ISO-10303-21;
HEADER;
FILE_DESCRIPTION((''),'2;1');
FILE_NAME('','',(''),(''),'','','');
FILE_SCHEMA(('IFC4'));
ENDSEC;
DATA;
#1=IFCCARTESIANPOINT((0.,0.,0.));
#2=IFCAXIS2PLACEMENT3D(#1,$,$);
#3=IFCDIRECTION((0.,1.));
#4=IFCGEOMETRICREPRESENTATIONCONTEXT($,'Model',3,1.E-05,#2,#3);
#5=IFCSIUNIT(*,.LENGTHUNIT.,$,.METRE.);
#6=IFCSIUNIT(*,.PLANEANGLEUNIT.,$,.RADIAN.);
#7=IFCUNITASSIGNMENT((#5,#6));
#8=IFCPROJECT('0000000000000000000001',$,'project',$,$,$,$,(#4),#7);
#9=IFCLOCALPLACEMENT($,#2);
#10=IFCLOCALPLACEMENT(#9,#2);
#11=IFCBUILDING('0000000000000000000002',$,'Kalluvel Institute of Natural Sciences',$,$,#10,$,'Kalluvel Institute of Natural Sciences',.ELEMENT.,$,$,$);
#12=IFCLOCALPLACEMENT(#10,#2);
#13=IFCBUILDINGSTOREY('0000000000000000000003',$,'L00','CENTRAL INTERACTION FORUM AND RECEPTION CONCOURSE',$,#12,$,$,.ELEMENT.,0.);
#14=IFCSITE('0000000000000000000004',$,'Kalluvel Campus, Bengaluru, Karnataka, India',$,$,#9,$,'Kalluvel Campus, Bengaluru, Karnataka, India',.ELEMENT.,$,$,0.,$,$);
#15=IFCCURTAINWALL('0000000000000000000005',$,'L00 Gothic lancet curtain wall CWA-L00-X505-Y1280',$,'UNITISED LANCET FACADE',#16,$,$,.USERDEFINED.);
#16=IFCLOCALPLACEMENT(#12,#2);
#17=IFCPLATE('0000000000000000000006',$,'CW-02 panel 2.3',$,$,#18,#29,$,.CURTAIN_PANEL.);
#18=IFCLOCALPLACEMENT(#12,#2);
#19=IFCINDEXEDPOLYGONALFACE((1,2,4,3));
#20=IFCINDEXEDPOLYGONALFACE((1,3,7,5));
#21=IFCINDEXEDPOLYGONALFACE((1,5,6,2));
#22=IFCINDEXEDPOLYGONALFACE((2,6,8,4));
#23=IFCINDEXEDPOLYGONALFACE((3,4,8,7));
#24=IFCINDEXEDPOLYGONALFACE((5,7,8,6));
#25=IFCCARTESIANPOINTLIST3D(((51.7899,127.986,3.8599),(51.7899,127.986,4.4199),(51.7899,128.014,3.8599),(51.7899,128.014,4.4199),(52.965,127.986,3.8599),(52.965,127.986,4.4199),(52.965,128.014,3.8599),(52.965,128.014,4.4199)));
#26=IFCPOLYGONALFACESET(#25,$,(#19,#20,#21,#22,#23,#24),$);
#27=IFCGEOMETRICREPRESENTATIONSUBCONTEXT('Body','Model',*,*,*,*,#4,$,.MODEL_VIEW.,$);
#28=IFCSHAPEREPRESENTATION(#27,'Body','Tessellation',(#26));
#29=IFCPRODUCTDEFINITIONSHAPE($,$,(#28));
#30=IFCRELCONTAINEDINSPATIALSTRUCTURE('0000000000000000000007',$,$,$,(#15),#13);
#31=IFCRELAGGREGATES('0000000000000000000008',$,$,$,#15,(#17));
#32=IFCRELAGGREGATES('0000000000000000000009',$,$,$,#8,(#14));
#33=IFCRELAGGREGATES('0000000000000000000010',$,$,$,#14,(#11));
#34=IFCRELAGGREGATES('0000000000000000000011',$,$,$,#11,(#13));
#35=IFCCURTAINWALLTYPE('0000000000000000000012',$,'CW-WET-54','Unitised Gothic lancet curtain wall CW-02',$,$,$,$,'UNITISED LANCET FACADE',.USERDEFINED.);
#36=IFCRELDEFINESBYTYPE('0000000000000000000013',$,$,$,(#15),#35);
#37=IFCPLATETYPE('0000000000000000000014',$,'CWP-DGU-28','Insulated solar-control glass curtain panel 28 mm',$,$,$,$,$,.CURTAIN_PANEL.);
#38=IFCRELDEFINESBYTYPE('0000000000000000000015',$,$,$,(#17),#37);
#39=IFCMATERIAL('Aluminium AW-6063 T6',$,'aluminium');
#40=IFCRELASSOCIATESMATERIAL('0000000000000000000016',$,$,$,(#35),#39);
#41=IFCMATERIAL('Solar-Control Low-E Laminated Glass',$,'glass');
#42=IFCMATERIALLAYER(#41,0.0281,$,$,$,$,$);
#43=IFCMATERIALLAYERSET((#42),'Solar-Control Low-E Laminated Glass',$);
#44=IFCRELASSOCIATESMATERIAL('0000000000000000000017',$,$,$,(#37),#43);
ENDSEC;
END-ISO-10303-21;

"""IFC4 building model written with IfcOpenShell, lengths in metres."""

from ifc_helpers import new_model, si_unit, direction, frame, origin, origin_2d, place, context, subcontext, project, spatial, rectangle, extrude, material, layer, layer_set, type_object, element, aggregate, save


model = new_model("IFC4")

# Units and contexts
model_context = context("Model", 3, precision=1e-05, world=origin(), true_north=direction((0.0, 1.0)))
body_context = subcontext(model_context, "Body", "Model", "MODEL_VIEW")
ifc_project = project(units=[si_unit("LENGTHUNIT", "METRE"), si_unit("PLANEANGLEUNIT", "RADIAN")], contexts=[model_context])

# Site, building, storey
site_placement = place(None, origin())
site = spatial("IfcSite", under=ifc_project, at=site_placement, Name="Kalluvel Campus, Bengaluru, Karnataka, India", LongName="Kalluvel Campus, Bengaluru, Karnataka, India", CompositionType="ELEMENT", RefElevation=0.0)
building_placement = place(site_placement, origin())
building = spatial("IfcBuilding", under=site, at=building_placement, Name="Kalluvel Institute of Natural Sciences", LongName="Kalluvel Institute of Natural Sciences", CompositionType="ELEMENT")
storey_placement = place(building_placement, origin())
storey = spatial("IfcBuildingStorey", under=building, at=storey_placement, Name="L00", Description="CENTRAL INTERACTION FORUM AND RECEPTION CONCOURSE", CompositionType="ELEMENT", Elevation=0.0)

# Curtain wall
ifc_material_1 = material(Name="Aluminium AW-6063 T6", Category="aluminium")
curtain_wall_type = type_object("IfcCurtainWallType", Name="CW-WET-54", Description="Unitised Gothic lancet curtain wall CW-02", ElementType="UNITISED LANCET FACADE", PredefinedType="USERDEFINED", material=ifc_material_1)
curtain_wall_placement = place(storey_placement, origin())
curtain_wall = element("IfcCurtainWall", 1, at=curtain_wall_placement, inside=storey, type_object=curtain_wall_type, Name="L00 Gothic lancet curtain wall CWA-L00-X505-Y1280", ObjectType="UNITISED LANCET FACADE", PredefinedType="USERDEFINED")

# Plate
ifc_material_2 = material(Name="Solar-Control Low-E Laminated Glass", Category="glass")
ifc_layer = layer(ifc_material_2, 0.0281)
ifc_layer_set = layer_set([ifc_layer], Name="Solar-Control Low-E Laminated Glass")
plate_type = type_object("IfcPlateType", Name="CWP-DGU-28", Description="Insulated solar-control glass curtain panel 28 mm", PredefinedType="CURTAIN_PANEL", material=ifc_layer_set)
plate_1_placement = place(storey_placement, frame((52.3774, 128.0, 3.8599), z_axis=(0.0, 0.0, 1.0), x_axis=(1.0, 0.0, 0.0)))
plate_1 = element("IfcPlate", 2, at=plate_1_placement, type_object=plate_type, Name="CW-02 panel 2.3", PredefinedType="CURTAIN_PANEL", context=body_context, shape_type="SweptSolid", body=[
    extrude(rectangle(XDim=1.175, YDim=0.0281, at=origin_2d()), origin(), (0.0, 0.0, 1.0), 0.5601),
])
aggregate(curtain_wall, [plate_1])

save(model, "model.ifc")
